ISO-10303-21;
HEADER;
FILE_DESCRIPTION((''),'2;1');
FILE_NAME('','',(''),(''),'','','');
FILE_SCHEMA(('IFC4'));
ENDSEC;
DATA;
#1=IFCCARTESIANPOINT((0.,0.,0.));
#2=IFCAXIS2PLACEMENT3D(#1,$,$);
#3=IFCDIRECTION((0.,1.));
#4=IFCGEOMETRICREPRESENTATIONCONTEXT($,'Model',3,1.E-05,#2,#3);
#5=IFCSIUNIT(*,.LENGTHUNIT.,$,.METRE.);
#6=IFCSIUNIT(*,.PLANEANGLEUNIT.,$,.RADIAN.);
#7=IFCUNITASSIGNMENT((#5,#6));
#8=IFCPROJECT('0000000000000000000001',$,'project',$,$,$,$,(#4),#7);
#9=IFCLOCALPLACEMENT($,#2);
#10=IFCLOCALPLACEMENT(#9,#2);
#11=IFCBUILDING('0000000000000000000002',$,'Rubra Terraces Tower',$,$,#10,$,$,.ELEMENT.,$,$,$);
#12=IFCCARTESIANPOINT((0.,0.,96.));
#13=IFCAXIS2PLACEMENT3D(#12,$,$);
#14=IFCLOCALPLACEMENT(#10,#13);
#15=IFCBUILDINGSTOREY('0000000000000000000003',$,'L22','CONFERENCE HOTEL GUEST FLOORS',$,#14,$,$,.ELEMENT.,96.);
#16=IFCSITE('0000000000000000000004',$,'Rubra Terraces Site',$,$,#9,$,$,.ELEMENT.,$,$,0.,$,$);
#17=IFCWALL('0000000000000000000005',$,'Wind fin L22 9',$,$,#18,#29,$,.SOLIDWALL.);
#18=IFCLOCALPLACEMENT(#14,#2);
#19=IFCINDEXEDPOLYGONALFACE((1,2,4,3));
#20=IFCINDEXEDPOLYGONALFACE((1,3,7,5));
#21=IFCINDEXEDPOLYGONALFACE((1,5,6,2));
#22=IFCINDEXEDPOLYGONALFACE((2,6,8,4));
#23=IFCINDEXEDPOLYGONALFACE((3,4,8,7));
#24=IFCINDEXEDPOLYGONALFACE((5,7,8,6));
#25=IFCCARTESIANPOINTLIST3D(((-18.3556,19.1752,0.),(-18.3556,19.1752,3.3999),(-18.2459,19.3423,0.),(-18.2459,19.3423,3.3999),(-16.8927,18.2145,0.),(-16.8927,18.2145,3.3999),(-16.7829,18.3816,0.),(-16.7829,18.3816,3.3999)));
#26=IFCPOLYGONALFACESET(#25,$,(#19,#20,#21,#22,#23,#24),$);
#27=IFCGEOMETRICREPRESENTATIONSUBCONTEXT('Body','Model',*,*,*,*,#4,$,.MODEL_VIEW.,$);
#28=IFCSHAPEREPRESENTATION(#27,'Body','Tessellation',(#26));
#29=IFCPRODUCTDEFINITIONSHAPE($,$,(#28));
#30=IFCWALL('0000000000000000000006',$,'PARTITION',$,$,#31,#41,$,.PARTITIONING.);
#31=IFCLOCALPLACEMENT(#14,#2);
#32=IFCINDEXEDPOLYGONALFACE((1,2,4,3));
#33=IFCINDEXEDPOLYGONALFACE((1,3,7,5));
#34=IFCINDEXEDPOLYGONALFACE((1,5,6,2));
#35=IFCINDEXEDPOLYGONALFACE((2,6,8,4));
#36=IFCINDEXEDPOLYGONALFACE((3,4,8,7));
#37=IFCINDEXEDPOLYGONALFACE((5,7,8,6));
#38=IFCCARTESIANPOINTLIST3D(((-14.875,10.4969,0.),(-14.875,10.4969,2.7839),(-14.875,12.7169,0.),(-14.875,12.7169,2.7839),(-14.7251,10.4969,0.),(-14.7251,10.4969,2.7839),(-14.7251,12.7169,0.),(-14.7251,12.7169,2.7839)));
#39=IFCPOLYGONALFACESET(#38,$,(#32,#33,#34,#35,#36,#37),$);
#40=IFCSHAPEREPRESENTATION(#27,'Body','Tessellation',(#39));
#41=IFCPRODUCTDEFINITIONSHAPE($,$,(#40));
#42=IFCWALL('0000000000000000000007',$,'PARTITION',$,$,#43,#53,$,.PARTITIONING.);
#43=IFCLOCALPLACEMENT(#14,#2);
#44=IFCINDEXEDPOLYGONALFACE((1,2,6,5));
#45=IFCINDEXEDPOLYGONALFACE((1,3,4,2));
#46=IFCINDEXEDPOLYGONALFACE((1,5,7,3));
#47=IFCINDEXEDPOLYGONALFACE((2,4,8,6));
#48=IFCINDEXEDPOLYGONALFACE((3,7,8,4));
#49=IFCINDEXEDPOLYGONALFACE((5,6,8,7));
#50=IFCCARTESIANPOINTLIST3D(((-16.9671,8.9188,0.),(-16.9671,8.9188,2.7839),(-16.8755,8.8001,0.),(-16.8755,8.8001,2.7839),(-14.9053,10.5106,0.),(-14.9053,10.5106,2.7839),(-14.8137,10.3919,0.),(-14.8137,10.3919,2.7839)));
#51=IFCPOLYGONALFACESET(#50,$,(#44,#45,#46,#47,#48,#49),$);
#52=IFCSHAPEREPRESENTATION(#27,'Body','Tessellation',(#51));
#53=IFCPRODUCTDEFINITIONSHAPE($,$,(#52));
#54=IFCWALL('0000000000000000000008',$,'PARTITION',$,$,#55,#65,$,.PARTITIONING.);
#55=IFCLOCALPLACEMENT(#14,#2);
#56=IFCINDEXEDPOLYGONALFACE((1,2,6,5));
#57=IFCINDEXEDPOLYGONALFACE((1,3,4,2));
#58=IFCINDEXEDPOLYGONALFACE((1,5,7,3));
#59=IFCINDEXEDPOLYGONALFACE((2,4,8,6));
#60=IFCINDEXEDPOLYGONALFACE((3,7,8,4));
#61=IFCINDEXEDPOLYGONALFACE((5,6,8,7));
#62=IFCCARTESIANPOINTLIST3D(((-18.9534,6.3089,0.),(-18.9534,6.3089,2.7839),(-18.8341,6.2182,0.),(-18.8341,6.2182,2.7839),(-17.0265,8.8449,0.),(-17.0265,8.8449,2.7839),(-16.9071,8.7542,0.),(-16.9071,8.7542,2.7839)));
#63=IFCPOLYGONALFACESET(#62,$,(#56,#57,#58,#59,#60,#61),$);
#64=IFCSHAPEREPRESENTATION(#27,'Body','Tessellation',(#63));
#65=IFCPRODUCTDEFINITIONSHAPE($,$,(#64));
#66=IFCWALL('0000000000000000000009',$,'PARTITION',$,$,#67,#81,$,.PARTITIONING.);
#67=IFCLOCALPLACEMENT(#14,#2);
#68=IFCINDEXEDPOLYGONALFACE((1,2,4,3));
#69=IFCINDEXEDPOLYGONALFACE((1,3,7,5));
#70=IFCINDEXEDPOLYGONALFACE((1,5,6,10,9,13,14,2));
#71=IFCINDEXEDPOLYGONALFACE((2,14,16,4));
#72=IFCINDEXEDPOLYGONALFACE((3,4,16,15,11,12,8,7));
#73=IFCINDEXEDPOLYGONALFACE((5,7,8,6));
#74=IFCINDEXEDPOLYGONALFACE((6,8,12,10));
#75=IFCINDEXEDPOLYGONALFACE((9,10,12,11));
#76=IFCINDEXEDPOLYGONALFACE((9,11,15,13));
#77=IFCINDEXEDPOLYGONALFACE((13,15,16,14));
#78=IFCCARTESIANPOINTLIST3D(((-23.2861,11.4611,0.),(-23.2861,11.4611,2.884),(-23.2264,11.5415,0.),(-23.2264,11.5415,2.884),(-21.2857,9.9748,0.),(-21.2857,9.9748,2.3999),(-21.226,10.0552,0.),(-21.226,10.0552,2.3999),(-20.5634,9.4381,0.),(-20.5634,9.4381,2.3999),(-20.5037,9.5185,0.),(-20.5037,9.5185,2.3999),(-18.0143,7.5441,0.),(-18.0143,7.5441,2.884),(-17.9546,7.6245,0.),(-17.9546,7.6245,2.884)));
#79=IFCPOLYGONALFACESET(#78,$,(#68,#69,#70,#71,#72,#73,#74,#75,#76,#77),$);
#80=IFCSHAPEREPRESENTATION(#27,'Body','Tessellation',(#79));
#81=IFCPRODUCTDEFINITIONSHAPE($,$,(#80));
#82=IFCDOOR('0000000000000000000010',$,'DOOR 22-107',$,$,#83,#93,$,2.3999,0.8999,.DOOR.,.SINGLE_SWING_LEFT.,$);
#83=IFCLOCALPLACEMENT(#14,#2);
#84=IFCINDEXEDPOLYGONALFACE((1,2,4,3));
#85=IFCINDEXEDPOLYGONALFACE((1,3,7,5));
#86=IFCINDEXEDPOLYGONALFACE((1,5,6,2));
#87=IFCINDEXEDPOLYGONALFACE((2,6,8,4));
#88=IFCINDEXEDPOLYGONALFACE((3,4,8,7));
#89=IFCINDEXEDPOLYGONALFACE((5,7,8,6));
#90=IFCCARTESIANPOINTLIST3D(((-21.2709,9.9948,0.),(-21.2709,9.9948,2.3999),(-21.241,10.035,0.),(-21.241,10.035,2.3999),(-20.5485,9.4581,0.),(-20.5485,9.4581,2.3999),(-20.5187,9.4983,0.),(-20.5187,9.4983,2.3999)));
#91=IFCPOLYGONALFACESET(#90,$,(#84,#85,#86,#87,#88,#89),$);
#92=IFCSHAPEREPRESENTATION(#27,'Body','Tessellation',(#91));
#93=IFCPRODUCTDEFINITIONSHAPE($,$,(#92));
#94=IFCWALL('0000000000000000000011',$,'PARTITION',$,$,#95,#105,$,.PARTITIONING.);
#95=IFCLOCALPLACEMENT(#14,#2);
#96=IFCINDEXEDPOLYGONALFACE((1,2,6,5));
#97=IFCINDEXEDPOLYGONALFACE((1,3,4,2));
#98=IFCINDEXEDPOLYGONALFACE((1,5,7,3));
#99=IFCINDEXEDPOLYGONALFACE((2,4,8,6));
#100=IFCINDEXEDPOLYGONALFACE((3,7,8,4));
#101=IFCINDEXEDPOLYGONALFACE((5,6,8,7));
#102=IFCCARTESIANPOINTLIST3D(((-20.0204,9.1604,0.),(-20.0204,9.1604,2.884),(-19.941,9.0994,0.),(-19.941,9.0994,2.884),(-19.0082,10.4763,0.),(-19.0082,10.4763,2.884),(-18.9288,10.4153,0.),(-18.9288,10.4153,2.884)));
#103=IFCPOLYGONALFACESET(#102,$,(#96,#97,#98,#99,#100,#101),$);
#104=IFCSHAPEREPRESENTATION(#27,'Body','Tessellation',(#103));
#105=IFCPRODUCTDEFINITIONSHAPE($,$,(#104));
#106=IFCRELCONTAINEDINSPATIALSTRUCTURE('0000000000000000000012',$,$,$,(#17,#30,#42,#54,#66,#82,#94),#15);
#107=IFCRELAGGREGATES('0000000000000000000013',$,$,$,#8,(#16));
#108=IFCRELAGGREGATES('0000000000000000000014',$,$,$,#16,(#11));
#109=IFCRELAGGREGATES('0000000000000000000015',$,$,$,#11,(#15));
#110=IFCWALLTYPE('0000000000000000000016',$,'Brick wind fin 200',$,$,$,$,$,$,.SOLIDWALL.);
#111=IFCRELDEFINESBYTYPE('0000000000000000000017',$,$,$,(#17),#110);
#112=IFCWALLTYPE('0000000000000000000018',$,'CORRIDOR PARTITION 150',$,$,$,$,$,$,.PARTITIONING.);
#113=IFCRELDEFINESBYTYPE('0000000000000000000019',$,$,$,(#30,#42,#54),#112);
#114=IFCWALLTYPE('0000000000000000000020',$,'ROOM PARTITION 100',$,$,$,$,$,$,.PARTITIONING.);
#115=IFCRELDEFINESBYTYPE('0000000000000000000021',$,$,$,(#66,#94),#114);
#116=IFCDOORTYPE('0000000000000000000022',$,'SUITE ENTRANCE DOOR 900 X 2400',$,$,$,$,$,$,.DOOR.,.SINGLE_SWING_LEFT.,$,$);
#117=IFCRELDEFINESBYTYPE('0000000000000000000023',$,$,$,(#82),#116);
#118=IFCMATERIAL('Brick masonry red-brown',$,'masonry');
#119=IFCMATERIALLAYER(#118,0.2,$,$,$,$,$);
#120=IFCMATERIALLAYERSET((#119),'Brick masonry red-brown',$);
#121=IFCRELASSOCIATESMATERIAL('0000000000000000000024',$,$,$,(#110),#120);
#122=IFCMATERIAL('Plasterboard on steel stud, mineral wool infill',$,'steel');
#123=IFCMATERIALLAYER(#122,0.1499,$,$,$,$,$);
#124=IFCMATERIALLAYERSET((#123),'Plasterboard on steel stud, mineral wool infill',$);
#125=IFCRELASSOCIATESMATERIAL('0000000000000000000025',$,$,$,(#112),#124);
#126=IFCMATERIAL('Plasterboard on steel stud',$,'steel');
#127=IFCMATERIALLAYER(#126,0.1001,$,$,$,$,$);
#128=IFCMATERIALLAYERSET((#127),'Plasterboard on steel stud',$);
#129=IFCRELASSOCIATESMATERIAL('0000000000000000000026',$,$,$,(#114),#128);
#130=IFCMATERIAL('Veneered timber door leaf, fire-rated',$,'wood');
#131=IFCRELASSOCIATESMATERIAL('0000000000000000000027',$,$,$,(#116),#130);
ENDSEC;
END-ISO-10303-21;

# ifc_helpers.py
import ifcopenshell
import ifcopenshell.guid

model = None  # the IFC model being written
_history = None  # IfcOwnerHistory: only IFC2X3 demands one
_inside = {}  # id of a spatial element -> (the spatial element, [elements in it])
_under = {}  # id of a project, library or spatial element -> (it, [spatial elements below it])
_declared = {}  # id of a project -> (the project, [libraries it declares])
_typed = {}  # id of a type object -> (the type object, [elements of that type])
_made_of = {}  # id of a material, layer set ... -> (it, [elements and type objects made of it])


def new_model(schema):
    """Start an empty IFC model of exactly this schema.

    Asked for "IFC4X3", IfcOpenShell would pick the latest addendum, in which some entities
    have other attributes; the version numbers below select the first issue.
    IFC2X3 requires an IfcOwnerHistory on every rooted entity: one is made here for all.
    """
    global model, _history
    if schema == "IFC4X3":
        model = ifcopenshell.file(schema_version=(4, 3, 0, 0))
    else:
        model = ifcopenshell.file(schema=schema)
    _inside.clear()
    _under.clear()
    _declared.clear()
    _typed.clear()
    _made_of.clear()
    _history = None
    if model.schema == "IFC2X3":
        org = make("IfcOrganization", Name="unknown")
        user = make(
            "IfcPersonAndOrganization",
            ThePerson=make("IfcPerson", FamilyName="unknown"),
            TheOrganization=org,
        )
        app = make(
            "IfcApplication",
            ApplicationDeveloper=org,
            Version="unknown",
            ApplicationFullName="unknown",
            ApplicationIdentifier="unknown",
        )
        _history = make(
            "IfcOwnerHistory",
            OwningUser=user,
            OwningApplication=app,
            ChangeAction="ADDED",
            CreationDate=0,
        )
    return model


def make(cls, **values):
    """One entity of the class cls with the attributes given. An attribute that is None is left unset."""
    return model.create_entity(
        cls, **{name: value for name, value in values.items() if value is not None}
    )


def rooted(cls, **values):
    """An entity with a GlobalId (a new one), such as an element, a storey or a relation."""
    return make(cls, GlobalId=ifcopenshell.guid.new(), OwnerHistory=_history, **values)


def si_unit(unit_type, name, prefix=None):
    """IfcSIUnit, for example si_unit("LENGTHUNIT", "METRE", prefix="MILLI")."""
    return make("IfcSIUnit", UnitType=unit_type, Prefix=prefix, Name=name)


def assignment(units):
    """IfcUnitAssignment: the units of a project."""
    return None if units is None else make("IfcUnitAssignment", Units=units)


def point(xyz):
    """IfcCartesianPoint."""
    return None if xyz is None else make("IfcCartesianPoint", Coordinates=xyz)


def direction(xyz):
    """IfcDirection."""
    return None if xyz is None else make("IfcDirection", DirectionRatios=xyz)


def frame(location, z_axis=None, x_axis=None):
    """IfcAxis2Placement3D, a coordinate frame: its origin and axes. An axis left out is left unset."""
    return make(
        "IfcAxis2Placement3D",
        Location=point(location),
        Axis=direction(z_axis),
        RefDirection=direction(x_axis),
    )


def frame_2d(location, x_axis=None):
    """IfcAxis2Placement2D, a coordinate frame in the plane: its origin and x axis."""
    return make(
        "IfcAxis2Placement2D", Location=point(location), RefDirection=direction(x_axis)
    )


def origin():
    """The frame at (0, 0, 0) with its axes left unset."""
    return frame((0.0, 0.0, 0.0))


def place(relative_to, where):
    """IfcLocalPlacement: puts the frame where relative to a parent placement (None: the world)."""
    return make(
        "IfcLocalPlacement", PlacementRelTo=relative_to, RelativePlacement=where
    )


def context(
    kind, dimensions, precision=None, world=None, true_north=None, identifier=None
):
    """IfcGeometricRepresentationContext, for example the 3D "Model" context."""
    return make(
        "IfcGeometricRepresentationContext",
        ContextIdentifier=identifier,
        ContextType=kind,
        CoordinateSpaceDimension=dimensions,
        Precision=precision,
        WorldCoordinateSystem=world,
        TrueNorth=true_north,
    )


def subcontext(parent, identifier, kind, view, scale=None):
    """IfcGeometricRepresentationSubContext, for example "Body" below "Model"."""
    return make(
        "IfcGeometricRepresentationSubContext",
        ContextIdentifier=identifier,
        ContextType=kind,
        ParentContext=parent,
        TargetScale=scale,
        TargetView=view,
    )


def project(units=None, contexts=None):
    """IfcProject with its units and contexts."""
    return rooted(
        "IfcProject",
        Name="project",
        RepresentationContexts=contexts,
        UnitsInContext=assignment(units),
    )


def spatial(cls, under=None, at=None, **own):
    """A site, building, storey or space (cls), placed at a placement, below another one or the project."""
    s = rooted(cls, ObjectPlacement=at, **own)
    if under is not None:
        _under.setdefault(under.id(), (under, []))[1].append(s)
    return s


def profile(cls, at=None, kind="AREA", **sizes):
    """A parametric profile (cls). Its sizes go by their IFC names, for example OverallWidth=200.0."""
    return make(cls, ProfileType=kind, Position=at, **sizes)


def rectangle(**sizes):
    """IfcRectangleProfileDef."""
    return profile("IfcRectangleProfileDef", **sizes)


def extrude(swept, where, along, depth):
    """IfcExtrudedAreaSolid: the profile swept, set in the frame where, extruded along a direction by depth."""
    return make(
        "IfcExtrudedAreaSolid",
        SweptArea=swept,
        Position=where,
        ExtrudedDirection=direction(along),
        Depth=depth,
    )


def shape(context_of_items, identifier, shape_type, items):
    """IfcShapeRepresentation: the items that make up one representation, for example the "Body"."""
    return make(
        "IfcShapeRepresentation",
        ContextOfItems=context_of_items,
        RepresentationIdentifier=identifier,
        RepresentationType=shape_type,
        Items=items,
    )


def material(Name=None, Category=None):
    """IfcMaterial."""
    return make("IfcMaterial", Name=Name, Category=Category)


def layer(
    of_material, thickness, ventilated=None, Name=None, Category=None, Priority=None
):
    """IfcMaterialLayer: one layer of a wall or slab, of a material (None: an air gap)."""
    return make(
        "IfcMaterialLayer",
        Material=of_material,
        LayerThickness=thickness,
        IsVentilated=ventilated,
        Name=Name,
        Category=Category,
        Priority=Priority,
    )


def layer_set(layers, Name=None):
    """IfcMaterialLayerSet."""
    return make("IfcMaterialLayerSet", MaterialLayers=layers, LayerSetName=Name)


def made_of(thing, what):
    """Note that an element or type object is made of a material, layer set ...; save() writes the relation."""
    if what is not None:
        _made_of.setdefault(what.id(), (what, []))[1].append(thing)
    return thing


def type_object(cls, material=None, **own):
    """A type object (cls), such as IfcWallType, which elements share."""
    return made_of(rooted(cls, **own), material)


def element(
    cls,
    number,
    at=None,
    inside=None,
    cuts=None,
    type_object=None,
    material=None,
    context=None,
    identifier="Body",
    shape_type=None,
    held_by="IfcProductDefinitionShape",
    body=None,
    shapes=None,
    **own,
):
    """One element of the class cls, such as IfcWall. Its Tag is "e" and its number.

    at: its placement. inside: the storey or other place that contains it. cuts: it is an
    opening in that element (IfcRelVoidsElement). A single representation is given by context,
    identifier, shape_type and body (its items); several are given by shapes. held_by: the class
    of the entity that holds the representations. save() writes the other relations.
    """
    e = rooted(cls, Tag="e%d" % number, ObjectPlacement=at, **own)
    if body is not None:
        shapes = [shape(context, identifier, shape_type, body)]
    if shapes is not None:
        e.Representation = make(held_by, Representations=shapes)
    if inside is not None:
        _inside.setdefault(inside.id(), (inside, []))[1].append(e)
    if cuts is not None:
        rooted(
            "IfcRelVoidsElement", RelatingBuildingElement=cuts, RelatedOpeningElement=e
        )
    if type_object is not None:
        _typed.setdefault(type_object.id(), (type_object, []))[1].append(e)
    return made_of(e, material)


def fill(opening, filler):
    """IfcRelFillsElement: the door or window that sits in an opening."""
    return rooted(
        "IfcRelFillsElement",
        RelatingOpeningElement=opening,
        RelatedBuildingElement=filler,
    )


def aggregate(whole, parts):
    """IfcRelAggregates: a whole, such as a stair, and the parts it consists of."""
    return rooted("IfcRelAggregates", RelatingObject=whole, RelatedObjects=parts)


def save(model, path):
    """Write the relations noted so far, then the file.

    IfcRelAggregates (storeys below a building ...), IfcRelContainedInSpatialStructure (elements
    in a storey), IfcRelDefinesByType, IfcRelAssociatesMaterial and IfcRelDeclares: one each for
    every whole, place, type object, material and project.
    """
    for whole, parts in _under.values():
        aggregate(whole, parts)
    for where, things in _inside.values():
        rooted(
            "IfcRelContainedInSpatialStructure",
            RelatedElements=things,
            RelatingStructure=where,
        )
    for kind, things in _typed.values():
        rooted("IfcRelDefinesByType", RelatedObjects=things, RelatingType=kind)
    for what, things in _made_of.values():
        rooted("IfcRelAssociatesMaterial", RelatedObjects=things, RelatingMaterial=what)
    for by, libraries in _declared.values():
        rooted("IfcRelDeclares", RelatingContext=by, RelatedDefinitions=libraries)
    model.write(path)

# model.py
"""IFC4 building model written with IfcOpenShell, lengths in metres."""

from ifc_helpers import new_model, si_unit, direction, frame, frame_2d, origin, place, context, subcontext, project, spatial, rectangle, extrude, material, layer, layer_set, type_object, element, fill, save


model = new_model("IFC4")

# Units and contexts
model_context = context("Model", 3, precision=1e-05, world=origin(), true_north=direction((0.0, 1.0)))
body_context = subcontext(model_context, "Body", "Model", "MODEL_VIEW")
ifc_project = project(units=[si_unit("LENGTHUNIT", "METRE"), si_unit("PLANEANGLEUNIT", "RADIAN")], contexts=[model_context])

# Site, building, storey
site_placement = place(None, origin())
site = spatial("IfcSite", under=ifc_project, at=site_placement, Name="Rubra Terraces Site", CompositionType="ELEMENT", RefElevation=0.0)
building_placement = place(site_placement, origin())
building = spatial("IfcBuilding", under=site, at=building_placement, Name="Rubra Terraces Tower", CompositionType="ELEMENT")
storey_placement = place(building_placement, frame((0.0, 0.0, 96.0)))
storey = spatial("IfcBuildingStorey", under=building, at=storey_placement, Name="L22", Description="CONFERENCE HOTEL GUEST FLOORS", CompositionType="ELEMENT", Elevation=96.0)

# Shared definitions
ifc_material_1 = material(Name="Brick masonry red-brown", Category="masonry")

# Walls
ifc_layer_1 = layer(ifc_material_1, 0.2)
ifc_layer_set_1 = layer_set([ifc_layer_1], Name="Brick masonry red-brown")
wall_type_1 = type_object("IfcWallType", Name="Brick wind fin 200", PredefinedType="SOLIDWALL", material=ifc_layer_set_1)
wall_1_placement = place(storey_placement, frame((-16.8379, 18.2981, 0.0), z_axis=(0.0, 0.0, 1.0), x_axis=(-0.835872, 0.548925, 0.0)))
element("IfcWall", 1, at=wall_1_placement, inside=storey, type_object=wall_type_1, Name="Wind fin L22 9", PredefinedType="SOLIDWALL", context=body_context, shape_type="SweptSolid", body=[
    extrude(rectangle(XDim=1.7502, YDim=0.2, at=frame_2d((0.875, 0.0))), origin(), (0.0, 0.0, 1.0), 3.3999),
])
ifc_material_2 = material(Name="Plasterboard on steel stud, mineral wool infill", Category="steel")
ifc_layer_2 = layer(ifc_material_2, 0.1499)
ifc_layer_set_2 = layer_set([ifc_layer_2], Name="Plasterboard on steel stud, mineral wool infill")
wall_type_2 = type_object("IfcWallType", Name="CORRIDOR PARTITION 150", PredefinedType="PARTITIONING", material=ifc_layer_set_2)
wall_2_placement = place(storey_placement, frame((-14.8, 12.7168, 0.0), z_axis=(0.0, 0.0, 1.0), x_axis=(0.0, -1.0, 0.0)))
element("IfcWall", 2, at=wall_2_placement, inside=storey, type_object=wall_type_2, Name="PARTITION", PredefinedType="PARTITIONING", context=body_context, shape_type="SweptSolid", body=[
    extrude(rectangle(XDim=2.22, YDim=0.1499, at=frame_2d((1.1099, 0.0))), origin(), (0.0, 0.0, 1.0), 2.7839),
])
wall_3_placement = place(storey_placement, frame((-14.8596, 10.4512, 0.0), z_axis=(0.0, 0.0, 1.0), x_axis=(-0.791543, -0.611114, 0.0)))
element("IfcWall", 3, at=wall_3_placement, inside=storey, type_object=wall_type_2, Name="PARTITION", PredefinedType="PARTITIONING", context=body_context, shape_type="SweptSolid", body=[
    extrude(rectangle(XDim=2.6047, YDim=0.1499, at=frame_2d((1.3022, 0.0))), origin(), (0.0, 0.0, 1.0), 2.7839),
])
wall_4_placement = place(storey_placement, frame((-16.9668, 8.7996, 0.0), z_axis=(0.0, 0.0, 1.0), x_axis=(-0.604992, -0.796232, 0.0)))
element("IfcWall", 4, at=wall_4_placement, inside=storey, type_object=wall_type_2, Name="PARTITION", PredefinedType="PARTITIONING", context=body_context, shape_type="SweptSolid", body=[
    extrude(rectangle(XDim=3.1851, YDim=0.1499, at=frame_2d((1.5925, 0.0))), origin(), (0.0, 0.0, 1.0), 2.7839),
])

# Wall, opening, door
ifc_material_3 = material(Name="Plasterboard on steel stud", Category="steel")
ifc_layer_3 = layer(ifc_material_3, 0.1001)
ifc_layer_set_3 = layer_set([ifc_layer_3], Name="Plasterboard on steel stud")
wall_type_3 = type_object("IfcWallType", Name="ROOM PARTITION 100", PredefinedType="PARTITIONING", material=ifc_layer_set_3)
wall_5_placement = place(storey_placement, frame((-23.2561, 11.5012, 0.0), z_axis=(0.0, 0.0, 1.0), x_axis=(0.802682, -0.596407, 0.0)))
wall_5 = element("IfcWall", 5, at=wall_5_placement, inside=storey, type_object=wall_type_3, Name="PARTITION", PredefinedType="PARTITIONING", context=body_context, shape_type="SweptSolid", body=[
    extrude(rectangle(XDim=6.5676, YDim=0.1001, at=frame_2d((3.2837, 0.0))), origin(), (0.0, 0.0, 1.0), 2.884),
])
opening_1_placement = place(wall_5_placement, frame((2.4919, 0.0, 0.0)))
opening_1 = element("IfcOpeningElement", 6, at=opening_1_placement, cuts=wall_5, PredefinedType="OPENING", context=body_context, shape_type="SweptSolid", body=[
    extrude(rectangle(XDim=0.8999, YDim=2.3999, at=frame_2d((0.45, 1.2))), frame((0.0, 0.0601, 0.0), z_axis=(0.0, -1.0, 0.0), x_axis=(1.0, 0.0, 0.0)), (0.0, 0.0, 1.0), 0.1201),
])
ifc_material_4 = material(Name="Veneered timber door leaf, fire-rated", Category="wood")
door_type = type_object("IfcDoorType", Name="SUITE ENTRANCE DOOR 900 X 2400", OperationType="SINGLE_SWING_LEFT", PredefinedType="DOOR", material=ifc_material_4)
door_placement = place(opening_1_placement, origin())
door = element("IfcDoor", 7, at=door_placement, inside=storey, type_object=door_type, Name="DOOR 22-107", OperationType="SINGLE_SWING_LEFT", OverallHeight=2.3999, OverallWidth=0.8999, PredefinedType="DOOR", context=body_context, shape_type="SweptSolid", body=[
    extrude(rectangle(XDim=0.8999, YDim=2.3999, at=frame_2d((0.45, 1.2))), frame((0.0, 0.0249, 0.0), z_axis=(0.0, -1.0, 0.0), x_axis=(1.0, 0.0, 0.0)), (0.0, 0.0, 1.0), 0.05),
])
fill(opening_1, door)

# Wall
wall_6_placement = place(storey_placement, frame((-18.9685, 10.4458, 0.0), z_axis=(0.0, 0.0, 1.0), x_axis=(-0.609697, -0.792635, 0.0)))
element("IfcWall", 8, at=wall_6_placement, inside=storey, type_object=wall_type_3, Name="PARTITION", PredefinedType="PARTITIONING", context=body_context, shape_type="SweptSolid", body=[
    extrude(rectangle(XDim=1.6602, YDim=0.1001, at=frame_2d((0.8301, 0.0))), origin(), (0.0, 0.0, 1.0), 2.884),
])

save(model, "model.ifc")
